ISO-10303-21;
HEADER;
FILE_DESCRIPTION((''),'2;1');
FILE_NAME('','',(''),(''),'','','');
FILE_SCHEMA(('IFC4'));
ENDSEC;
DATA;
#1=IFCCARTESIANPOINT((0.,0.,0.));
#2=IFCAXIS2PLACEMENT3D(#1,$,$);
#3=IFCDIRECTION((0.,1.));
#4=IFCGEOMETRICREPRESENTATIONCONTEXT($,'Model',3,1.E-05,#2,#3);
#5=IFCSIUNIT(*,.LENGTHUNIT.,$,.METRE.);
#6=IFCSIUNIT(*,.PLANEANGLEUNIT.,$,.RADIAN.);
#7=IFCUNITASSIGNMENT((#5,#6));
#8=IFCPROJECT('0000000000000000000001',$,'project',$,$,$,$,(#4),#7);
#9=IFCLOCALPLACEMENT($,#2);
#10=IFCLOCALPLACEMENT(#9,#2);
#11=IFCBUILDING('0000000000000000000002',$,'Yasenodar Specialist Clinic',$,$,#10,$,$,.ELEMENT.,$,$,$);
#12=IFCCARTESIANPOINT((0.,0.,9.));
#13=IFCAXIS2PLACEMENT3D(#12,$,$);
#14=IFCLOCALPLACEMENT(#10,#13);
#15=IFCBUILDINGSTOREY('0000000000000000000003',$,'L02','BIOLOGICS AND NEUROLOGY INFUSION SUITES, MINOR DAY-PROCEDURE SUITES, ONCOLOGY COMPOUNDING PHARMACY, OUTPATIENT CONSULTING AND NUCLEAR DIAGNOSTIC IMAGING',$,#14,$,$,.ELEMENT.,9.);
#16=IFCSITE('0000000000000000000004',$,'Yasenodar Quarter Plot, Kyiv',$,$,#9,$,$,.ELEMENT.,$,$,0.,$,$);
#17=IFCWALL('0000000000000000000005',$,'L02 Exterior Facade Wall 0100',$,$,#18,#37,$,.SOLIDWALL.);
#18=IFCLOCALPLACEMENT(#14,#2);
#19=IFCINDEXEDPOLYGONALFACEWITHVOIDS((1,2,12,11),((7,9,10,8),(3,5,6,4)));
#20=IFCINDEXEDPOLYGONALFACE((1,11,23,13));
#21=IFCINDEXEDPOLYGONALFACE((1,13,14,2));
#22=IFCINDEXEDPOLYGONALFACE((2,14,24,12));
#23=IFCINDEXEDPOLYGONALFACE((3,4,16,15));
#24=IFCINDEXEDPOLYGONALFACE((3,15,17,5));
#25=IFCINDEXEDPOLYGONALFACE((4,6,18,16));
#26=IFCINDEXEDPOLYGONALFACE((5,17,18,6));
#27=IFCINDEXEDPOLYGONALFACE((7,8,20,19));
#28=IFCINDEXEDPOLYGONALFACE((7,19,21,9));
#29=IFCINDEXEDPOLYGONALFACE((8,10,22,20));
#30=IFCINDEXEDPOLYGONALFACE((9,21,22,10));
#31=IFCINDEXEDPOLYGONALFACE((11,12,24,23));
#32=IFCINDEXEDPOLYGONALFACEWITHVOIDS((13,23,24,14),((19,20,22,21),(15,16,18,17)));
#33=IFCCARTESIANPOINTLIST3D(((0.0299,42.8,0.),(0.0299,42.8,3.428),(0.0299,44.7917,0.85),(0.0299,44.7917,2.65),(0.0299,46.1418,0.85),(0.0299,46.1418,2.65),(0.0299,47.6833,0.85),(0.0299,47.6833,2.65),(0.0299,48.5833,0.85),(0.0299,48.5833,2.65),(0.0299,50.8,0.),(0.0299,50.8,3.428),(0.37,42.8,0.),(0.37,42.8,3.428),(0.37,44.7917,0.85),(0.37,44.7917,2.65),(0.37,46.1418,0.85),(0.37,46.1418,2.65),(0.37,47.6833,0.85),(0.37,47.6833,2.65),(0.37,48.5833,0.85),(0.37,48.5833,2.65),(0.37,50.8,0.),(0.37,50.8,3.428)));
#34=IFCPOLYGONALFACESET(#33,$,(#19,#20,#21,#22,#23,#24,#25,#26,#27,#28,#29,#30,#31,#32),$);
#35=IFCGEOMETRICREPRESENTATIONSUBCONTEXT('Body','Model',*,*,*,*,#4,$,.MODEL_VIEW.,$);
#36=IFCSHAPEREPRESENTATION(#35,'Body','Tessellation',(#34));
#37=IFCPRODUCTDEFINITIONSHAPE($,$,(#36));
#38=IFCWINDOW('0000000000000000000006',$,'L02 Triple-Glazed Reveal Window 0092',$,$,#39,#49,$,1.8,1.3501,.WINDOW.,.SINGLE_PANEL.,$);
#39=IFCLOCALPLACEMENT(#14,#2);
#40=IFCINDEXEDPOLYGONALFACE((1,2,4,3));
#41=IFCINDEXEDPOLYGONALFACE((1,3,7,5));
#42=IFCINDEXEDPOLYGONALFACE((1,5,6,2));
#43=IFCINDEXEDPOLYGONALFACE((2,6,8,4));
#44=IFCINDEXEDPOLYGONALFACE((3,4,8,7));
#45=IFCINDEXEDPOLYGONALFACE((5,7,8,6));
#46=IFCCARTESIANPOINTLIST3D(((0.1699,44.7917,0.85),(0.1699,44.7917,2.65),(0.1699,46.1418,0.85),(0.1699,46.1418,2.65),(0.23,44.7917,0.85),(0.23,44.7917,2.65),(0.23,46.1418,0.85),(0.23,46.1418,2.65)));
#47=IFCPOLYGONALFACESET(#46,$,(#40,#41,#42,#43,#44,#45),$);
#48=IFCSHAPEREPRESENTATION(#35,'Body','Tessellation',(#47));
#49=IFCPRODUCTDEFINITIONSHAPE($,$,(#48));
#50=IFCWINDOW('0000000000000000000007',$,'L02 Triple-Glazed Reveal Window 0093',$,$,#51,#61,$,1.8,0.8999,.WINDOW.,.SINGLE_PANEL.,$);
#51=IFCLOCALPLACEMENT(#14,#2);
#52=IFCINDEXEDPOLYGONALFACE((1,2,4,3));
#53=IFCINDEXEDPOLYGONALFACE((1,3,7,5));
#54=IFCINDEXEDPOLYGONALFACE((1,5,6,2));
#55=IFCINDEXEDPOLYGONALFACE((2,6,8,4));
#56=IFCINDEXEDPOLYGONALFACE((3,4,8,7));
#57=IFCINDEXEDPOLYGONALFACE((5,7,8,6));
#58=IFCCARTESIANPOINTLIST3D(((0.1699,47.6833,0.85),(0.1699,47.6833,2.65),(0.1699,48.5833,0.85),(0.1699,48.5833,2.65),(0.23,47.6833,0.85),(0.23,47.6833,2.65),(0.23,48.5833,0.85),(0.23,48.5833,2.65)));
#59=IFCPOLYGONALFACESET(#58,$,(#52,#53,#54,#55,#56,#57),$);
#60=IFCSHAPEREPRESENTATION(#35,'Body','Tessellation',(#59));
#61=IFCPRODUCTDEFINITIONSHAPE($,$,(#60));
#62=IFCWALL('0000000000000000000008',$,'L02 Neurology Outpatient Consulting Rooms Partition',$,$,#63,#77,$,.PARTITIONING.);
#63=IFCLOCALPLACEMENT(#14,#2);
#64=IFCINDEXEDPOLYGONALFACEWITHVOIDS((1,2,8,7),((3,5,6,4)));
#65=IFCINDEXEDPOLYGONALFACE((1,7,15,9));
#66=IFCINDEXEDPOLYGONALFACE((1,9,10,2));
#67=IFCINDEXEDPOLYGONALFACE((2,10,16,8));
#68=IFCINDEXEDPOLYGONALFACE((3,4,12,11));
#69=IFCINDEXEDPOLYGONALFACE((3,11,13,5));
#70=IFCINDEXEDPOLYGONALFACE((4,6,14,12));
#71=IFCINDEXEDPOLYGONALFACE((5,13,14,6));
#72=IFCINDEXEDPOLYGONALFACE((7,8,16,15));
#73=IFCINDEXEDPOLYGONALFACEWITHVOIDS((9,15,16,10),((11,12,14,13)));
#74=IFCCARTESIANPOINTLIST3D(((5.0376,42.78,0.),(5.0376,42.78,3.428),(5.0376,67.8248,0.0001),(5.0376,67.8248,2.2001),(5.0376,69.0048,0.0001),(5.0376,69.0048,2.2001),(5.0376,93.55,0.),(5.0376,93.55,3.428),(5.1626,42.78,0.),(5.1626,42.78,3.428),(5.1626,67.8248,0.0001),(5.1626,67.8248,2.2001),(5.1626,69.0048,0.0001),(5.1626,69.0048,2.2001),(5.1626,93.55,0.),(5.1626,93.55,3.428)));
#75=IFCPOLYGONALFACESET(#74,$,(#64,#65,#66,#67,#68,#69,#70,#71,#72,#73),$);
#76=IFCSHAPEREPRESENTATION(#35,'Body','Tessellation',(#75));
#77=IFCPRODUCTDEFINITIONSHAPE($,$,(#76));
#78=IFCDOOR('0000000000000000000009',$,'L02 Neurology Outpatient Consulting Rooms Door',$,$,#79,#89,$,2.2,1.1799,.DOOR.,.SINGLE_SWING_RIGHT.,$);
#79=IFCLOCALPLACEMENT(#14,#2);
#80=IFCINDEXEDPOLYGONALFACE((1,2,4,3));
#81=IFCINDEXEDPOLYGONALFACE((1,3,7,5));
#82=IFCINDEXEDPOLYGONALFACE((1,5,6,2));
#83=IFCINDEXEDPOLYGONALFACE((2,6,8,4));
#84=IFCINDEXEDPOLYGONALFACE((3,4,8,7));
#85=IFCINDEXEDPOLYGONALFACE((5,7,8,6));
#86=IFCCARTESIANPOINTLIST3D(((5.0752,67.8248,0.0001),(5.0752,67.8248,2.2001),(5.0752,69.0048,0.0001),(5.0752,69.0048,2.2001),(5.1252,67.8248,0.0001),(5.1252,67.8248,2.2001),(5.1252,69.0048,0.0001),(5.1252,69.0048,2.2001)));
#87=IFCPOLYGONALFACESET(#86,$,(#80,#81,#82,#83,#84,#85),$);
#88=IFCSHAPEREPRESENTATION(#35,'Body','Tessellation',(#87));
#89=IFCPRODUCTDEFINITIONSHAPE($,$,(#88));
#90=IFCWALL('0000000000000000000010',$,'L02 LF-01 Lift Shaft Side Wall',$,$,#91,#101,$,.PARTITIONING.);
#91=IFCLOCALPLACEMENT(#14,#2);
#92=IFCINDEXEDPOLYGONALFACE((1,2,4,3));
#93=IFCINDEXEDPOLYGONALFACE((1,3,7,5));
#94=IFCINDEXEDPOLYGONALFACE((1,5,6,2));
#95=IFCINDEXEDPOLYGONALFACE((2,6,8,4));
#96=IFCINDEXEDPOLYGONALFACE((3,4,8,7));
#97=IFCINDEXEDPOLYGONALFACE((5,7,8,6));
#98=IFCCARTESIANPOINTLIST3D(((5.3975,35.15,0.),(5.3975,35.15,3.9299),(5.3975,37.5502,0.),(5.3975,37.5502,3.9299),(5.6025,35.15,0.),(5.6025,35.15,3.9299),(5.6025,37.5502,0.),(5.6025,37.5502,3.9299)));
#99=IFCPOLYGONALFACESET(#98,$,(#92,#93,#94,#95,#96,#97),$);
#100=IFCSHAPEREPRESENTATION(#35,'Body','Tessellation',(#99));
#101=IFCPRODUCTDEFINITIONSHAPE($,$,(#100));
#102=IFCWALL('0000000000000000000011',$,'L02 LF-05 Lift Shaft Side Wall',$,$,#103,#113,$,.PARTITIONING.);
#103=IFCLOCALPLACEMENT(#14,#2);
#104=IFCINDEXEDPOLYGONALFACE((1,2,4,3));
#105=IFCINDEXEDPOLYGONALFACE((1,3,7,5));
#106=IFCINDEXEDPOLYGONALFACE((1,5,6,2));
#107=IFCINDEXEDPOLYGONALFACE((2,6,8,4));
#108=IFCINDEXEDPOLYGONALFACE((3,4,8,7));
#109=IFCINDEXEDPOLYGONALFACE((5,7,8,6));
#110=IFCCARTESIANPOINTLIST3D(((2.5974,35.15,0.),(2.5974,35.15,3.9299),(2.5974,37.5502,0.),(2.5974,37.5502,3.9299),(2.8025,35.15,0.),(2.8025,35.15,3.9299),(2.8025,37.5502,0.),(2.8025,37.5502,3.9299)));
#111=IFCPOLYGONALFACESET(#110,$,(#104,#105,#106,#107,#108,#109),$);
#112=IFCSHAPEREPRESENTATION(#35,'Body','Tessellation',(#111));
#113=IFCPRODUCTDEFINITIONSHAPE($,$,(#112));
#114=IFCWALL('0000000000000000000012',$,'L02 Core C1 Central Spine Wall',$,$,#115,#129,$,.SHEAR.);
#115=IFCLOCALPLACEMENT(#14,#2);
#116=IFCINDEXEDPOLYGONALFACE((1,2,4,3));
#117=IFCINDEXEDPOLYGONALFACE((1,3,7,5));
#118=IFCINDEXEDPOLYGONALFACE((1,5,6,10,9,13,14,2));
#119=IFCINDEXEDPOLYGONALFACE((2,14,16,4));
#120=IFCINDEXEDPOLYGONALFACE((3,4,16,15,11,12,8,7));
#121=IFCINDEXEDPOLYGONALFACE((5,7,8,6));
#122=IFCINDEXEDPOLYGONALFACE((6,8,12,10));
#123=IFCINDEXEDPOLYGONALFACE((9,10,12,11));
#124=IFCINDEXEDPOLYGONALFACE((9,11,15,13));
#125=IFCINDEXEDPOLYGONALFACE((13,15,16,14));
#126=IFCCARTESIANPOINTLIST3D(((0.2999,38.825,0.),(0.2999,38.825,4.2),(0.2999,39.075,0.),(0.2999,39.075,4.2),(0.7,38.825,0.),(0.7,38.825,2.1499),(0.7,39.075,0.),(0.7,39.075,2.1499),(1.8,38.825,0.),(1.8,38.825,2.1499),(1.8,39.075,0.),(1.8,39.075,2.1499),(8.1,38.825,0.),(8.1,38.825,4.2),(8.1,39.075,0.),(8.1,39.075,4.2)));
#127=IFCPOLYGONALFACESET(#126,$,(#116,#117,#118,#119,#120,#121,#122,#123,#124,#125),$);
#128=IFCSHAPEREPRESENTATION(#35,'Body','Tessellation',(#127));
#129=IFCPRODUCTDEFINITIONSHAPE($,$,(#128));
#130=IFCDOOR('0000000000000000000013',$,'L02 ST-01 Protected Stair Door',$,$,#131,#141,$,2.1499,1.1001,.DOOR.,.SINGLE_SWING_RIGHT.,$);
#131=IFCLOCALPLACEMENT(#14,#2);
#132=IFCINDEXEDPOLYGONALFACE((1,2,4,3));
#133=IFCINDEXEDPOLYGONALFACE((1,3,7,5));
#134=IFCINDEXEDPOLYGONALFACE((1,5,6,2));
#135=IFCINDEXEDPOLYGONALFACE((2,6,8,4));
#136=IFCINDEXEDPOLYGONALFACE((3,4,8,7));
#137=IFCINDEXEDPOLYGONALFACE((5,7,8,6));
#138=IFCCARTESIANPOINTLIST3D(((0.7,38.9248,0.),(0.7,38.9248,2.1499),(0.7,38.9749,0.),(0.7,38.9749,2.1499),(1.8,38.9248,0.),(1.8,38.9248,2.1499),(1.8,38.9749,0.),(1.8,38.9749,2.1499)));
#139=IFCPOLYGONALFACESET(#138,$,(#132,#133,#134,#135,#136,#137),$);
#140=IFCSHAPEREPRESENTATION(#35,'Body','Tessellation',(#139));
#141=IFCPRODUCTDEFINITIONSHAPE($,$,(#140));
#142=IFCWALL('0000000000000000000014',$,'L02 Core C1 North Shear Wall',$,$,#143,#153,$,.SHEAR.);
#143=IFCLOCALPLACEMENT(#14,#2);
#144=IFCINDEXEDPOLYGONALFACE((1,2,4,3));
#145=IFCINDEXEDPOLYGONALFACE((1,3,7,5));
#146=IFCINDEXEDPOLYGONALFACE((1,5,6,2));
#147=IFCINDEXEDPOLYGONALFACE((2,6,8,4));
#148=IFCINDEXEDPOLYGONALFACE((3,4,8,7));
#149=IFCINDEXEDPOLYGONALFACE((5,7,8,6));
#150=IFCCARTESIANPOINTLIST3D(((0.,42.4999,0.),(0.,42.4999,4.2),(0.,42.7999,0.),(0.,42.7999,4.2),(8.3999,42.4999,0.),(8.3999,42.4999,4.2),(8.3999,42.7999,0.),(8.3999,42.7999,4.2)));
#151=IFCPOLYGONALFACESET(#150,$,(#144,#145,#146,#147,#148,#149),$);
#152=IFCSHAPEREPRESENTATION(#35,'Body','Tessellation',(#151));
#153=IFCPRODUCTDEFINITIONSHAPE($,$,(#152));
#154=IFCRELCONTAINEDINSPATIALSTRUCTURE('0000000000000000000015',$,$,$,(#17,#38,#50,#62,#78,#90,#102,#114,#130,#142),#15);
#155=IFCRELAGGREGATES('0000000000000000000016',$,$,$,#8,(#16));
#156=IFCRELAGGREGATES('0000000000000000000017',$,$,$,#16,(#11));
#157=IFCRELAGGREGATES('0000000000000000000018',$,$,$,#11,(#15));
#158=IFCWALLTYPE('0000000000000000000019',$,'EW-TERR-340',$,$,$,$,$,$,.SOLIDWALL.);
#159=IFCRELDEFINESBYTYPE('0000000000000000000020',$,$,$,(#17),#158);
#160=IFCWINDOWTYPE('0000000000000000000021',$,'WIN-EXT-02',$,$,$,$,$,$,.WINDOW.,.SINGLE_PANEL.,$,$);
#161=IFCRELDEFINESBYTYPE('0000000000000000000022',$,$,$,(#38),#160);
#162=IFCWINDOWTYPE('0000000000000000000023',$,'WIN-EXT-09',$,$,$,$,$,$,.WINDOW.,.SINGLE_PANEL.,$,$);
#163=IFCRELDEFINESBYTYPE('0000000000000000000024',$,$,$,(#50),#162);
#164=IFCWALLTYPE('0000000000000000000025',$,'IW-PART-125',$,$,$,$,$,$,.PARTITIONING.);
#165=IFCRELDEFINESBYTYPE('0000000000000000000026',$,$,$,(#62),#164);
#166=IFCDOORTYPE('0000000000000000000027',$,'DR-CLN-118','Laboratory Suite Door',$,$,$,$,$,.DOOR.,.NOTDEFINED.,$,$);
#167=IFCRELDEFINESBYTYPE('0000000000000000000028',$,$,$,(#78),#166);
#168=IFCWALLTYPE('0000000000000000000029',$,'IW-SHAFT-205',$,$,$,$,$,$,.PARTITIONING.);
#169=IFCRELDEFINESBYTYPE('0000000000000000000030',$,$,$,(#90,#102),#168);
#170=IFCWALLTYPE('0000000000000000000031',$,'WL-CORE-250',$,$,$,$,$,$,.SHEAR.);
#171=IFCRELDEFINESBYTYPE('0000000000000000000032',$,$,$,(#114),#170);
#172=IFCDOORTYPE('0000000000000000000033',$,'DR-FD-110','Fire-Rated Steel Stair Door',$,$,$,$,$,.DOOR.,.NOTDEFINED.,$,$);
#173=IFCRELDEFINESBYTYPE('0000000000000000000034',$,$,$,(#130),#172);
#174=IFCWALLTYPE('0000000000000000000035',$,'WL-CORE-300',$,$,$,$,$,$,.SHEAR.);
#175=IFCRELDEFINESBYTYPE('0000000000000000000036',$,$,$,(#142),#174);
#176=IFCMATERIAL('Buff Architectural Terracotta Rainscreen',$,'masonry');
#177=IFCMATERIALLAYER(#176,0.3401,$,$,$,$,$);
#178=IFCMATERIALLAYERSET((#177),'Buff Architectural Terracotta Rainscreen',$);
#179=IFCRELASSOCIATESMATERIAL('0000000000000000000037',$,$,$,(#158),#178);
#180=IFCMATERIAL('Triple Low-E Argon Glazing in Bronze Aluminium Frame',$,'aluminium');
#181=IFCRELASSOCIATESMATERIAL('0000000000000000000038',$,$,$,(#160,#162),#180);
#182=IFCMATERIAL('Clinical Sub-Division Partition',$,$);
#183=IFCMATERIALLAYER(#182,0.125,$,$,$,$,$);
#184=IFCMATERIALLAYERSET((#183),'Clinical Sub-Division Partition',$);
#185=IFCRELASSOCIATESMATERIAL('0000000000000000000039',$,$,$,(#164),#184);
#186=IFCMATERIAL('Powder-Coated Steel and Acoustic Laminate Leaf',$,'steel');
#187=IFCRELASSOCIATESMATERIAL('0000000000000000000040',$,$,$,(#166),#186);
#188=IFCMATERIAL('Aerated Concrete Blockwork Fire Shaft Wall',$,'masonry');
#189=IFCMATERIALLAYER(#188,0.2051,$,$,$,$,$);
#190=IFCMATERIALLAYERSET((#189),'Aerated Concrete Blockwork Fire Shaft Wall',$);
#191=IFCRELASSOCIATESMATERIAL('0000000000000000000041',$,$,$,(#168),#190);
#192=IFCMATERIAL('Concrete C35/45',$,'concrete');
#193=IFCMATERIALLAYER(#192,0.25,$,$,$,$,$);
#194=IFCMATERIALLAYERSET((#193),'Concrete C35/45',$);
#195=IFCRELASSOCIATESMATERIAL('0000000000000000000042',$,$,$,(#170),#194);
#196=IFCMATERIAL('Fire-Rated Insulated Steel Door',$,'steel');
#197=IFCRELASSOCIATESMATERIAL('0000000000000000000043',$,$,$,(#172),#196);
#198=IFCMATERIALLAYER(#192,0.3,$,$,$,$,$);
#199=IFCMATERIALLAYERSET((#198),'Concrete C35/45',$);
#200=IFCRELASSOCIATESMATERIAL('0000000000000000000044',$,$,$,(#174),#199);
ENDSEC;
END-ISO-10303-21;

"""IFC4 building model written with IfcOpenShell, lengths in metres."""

from ifc_helpers import new_model, si_unit, direction, frame, frame_2d, origin, place, context, subcontext, project, spatial, rectangle, extrude, material, layer, layer_set, type_object, element, fill, save


model = new_model("IFC4")

# Units and contexts
model_context = context("Model", 3, precision=1e-05, world=origin(), true_north=direction((0.0, 1.0)))
body_context = subcontext(model_context, "Body", "Model", "MODEL_VIEW")
ifc_project = project(units=[si_unit("LENGTHUNIT", "METRE"), si_unit("PLANEANGLEUNIT", "RADIAN")], contexts=[model_context])

# Site, building, storey
site_placement = place(None, origin())
site = spatial("IfcSite", under=ifc_project, at=site_placement, Name="Yasenodar Quarter Plot, Kyiv", CompositionType="ELEMENT", RefElevation=0.0)
building_placement = place(site_placement, origin())
building = spatial("IfcBuilding", under=site, at=building_placement, Name="Yasenodar Specialist Clinic", CompositionType="ELEMENT")
storey_placement = place(building_placement, frame((0.0, 0.0, 9.0)))
storey = spatial("IfcBuildingStorey", under=building, at=storey_placement, Name="L02", Description="BIOLOGICS AND NEUROLOGY INFUSION SUITES, MINOR DAY-PROCEDURE SUITES, ONCOLOGY COMPOUNDING PHARMACY, OUTPATIENT CONSULTING AND NUCLEAR DIAGNOSTIC IMAGING", CompositionType="ELEMENT", Elevation=9.0)

# Wall, openings, windows
ifc_material_1 = material(Name="Buff Architectural Terracotta Rainscreen", Category="masonry")
ifc_layer_1 = layer(ifc_material_1, 0.3401)
ifc_layer_set_1 = layer_set([ifc_layer_1], Name="Buff Architectural Terracotta Rainscreen")
wall_type_1 = type_object("IfcWallType", Name="EW-TERR-340", PredefinedType="SOLIDWALL", material=ifc_layer_set_1)
wall_1_placement = place(storey_placement, frame((0.2, 42.8, 0.0), z_axis=(0.0, 0.0, 1.0), x_axis=(0.0, 1.0, 0.0)))
wall_1 = element("IfcWall", 1, at=wall_1_placement, inside=storey, type_object=wall_type_1, Name="L02 Exterior Facade Wall 0100", PredefinedType="SOLIDWALL", context=body_context, shape_type="SweptSolid", body=[
    extrude(rectangle(XDim=8.0, YDim=0.3401, at=frame_2d((4.0, 0.0))), origin(), (0.0, 0.0, 1.0), 3.428),
])
opening_1_placement = place(wall_1_placement, frame((1.9917, 0.0, 0.8501)))
opening_1 = element("IfcOpeningElement", 2, at=opening_1_placement, cuts=wall_1, PredefinedType="OPENING", context=body_context, shape_type="SweptSolid", body=[
    extrude(rectangle(XDim=1.3501, YDim=1.8, at=frame_2d((0.675, 0.8999))), frame((0.0, 0.1802, 0.0), z_axis=(0.0, -1.0, 0.0), x_axis=(1.0, 0.0, 0.0)), (0.0, 0.0, 1.0), 0.3601),
])
opening_2_placement = place(wall_1_placement, frame((4.8833, 0.0, 0.8501)))
opening_2 = element("IfcOpeningElement", 3, at=opening_2_placement, cuts=wall_1, PredefinedType="OPENING", context=body_context, shape_type="SweptSolid", body=[
    extrude(rectangle(XDim=0.8999, YDim=1.8, at=frame_2d((0.45, 0.8999))), frame((0.0, 0.1802, 0.0), z_axis=(0.0, -1.0, 0.0), x_axis=(1.0, 0.0, 0.0)), (0.0, 0.0, 1.0), 0.3601),
])
ifc_material_2 = material(Name="Triple Low-E Argon Glazing in Bronze Aluminium Frame", Category="aluminium")
window_type_1 = type_object("IfcWindowType", Name="WIN-EXT-02", PartitioningType="SINGLE_PANEL", PredefinedType="WINDOW", material=ifc_material_2)
window_1_placement = place(opening_1_placement, origin())
window_1 = element("IfcWindow", 4, at=window_1_placement, inside=storey, type_object=window_type_1, Name="L02 Triple-Glazed Reveal Window 0092", OverallHeight=1.8, OverallWidth=1.3501, PartitioningType="SINGLE_PANEL", PredefinedType="WINDOW", context=body_context, shape_type="SweptSolid", body=[
    extrude(rectangle(XDim=1.3501, YDim=1.8, at=frame_2d((0.675, 0.8999))), frame((0.0, 0.03, 0.0), z_axis=(0.0, -1.0, 0.0), x_axis=(1.0, 0.0, 0.0)), (0.0, 0.0, 1.0), 0.0601),
])
fill(opening_1, window_1)
window_type_2 = type_object("IfcWindowType", Name="WIN-EXT-09", PartitioningType="SINGLE_PANEL", PredefinedType="WINDOW", material=ifc_material_2)
window_2_placement = place(opening_2_placement, origin())
window_2 = element("IfcWindow", 5, at=window_2_placement, inside=storey, type_object=window_type_2, Name="L02 Triple-Glazed Reveal Window 0093", OverallHeight=1.8, OverallWidth=0.8999, PartitioningType="SINGLE_PANEL", PredefinedType="WINDOW", context=body_context, shape_type="SweptSolid", body=[
    extrude(rectangle(XDim=0.8999, YDim=1.8, at=frame_2d((0.45, 0.8999))), frame((0.0, 0.03, 0.0), z_axis=(0.0, -1.0, 0.0), x_axis=(1.0, 0.0, 0.0)), (0.0, 0.0, 1.0), 0.0601),
])
fill(opening_2, window_2)

# Wall, opening, door
ifc_material_3 = material(Name="Clinical Sub-Division Partition")
ifc_layer_2 = layer(ifc_material_3, 0.125)
ifc_layer_set_2 = layer_set([ifc_layer_2], Name="Clinical Sub-Division Partition")
wall_type_2 = type_object("IfcWallType", Name="IW-PART-125", PredefinedType="PARTITIONING", material=ifc_layer_set_2)
wall_2_placement = place(storey_placement, frame((5.1001, 42.78, 0.0), z_axis=(0.0, 0.0, 1.0), x_axis=(0.0, 1.0, 0.0)))
wall_2 = element("IfcWall", 6, at=wall_2_placement, inside=storey, type_object=wall_type_2, Name="L02 Neurology Outpatient Consulting Rooms Partition", PredefinedType="PARTITIONING", context=body_context, shape_type="SweptSolid", body=[
    extrude(rectangle(XDim=50.77, YDim=0.125, at=frame_2d((25.385, 0.0))), origin(), (0.0, 0.0, 1.0), 3.428),
])
opening_3_placement = place(wall_2_placement, frame((25.0449, 0.0, 0.0)))
opening_3 = element("IfcOpeningElement", 7, at=opening_3_placement, cuts=wall_2, PredefinedType="OPENING", context=body_context, shape_type="SweptSolid", body=[
    extrude(rectangle(XDim=1.1799, YDim=2.2, at=frame_2d((0.5898, 1.1001))), frame((0.0, 0.0725, 0.0), z_axis=(0.0, -1.0, 0.0), x_axis=(1.0, 0.0, 0.0)), (0.0, 0.0, 1.0), 0.145),
])
ifc_material_4 = material(Name="Powder-Coated Steel and Acoustic Laminate Leaf", Category="steel")
door_type_1 = type_object("IfcDoorType", Name="DR-CLN-118", Description="Laboratory Suite Door", OperationType="NOTDEFINED", PredefinedType="DOOR", material=ifc_material_4)
door_1_placement = place(opening_3_placement, origin())
door_1 = element("IfcDoor", 8, at=door_1_placement, inside=storey, type_object=door_type_1, Name="L02 Neurology Outpatient Consulting Rooms Door", OperationType="SINGLE_SWING_RIGHT", OverallHeight=2.2, OverallWidth=1.1799, PredefinedType="DOOR", context=body_context, shape_type="SweptSolid", body=[
    extrude(rectangle(XDim=1.1799, YDim=2.2, at=frame_2d((0.5898, 1.1001))), frame((0.0, 0.0249, 0.0), z_axis=(0.0, -1.0, 0.0), x_axis=(1.0, 0.0, 0.0)), (0.0, 0.0, 1.0), 0.05),
])
fill(opening_3, door_1)

# Walls
ifc_material_5 = material(Name="Aerated Concrete Blockwork Fire Shaft Wall", Category="masonry")
ifc_layer_3 = layer(ifc_material_5, 0.2051)
ifc_layer_set_3 = layer_set([ifc_layer_3], Name="Aerated Concrete Blockwork Fire Shaft Wall")
wall_type_3 = type_object("IfcWallType", Name="IW-SHAFT-205", PredefinedType="PARTITIONING", material=ifc_layer_set_3)
for number, where, z_axis, x_axis, name in (
    (9, (5.5, 35.1499, 0.0), (0.0, 0.0, 1.0), (0.0, 1.0, 0.0), "L02 LF-01 Lift Shaft Side Wall"),
    (10, (2.7, 35.1499, 0.0), (0.0, 0.0, 1.0), (0.0, 1.0, 0.0), "L02 LF-05 Lift Shaft Side Wall"),
):
    element("IfcWall", number, at=place(storey_placement, frame(where, z_axis=z_axis, x_axis=x_axis)), inside=storey, type_object=wall_type_3, Name=name, PredefinedType="PARTITIONING", context=body_context, shape_type="SweptSolid", body=[
        extrude(rectangle(XDim=2.4001, YDim=0.2051, at=frame_2d((1.2002, 0.0))), origin(), (0.0, 0.0, 1.0), 3.9299),
    ])

# Wall, opening, door
ifc_material_6 = material(Name="Concrete C35/45", Category="concrete")
ifc_layer_4 = layer(ifc_material_6, 0.25)
ifc_layer_set_4 = layer_set([ifc_layer_4], Name="Concrete C35/45")
wall_type_4 = type_object("IfcWallType", Name="WL-CORE-250", PredefinedType="SHEAR", material=ifc_layer_set_4)
wall_3_placement = place(storey_placement, frame((0.3, 38.95, 0.0), z_axis=(0.0, 0.0, 1.0), x_axis=(1.0, 0.0, 0.0)))
wall_3 = element("IfcWall", 11, at=wall_3_placement, inside=storey, type_object=wall_type_4, Name="L02 Core C1 Central Spine Wall", PredefinedType="SHEAR", context=body_context, shape_type="SweptSolid", body=[
    extrude(rectangle(XDim=7.8, YDim=0.25, at=frame_2d((3.8999, 0.0))), origin(), (0.0, 0.0, 1.0), 4.2),
])
opening_4_placement = place(wall_3_placement, frame((0.3999, 0.0, 0.0)))
opening_4 = element("IfcOpeningElement", 12, at=opening_4_placement, cuts=wall_3, PredefinedType="OPENING", context=body_context, shape_type="SweptSolid", body=[
    extrude(rectangle(XDim=1.1001, YDim=2.1499, at=frame_2d((0.55, 1.075))), frame((0.0, 0.135, 0.0), z_axis=(0.0, -1.0, 0.0), x_axis=(1.0, 0.0, 0.0)), (0.0, 0.0, 1.0), 0.27),
])
ifc_material_7 = material(Name="Fire-Rated Insulated Steel Door", Category="steel")
door_type_2 = type_object("IfcDoorType", Name="DR-FD-110", Description="Fire-Rated Steel Stair Door", OperationType="NOTDEFINED", PredefinedType="DOOR", material=ifc_material_7)
door_2_placement = place(opening_4_placement, origin())
door_2 = element("IfcDoor", 13, at=door_2_placement, inside=storey, type_object=door_type_2, Name="L02 ST-01 Protected Stair Door", OperationType="SINGLE_SWING_RIGHT", OverallHeight=2.1499, OverallWidth=1.1001, PredefinedType="DOOR", context=body_context, shape_type="SweptSolid", body=[
    extrude(rectangle(XDim=1.1001, YDim=2.1499, at=frame_2d((0.55, 1.075))), frame((0.0, 0.0249, 0.0), z_axis=(0.0, -1.0, 0.0), x_axis=(1.0, 0.0, 0.0)), (0.0, 0.0, 1.0), 0.05),
])
fill(opening_4, door_2)

# Wall
ifc_layer_5 = layer(ifc_material_6, 0.3)
ifc_layer_set_5 = layer_set([ifc_layer_5], Name="Concrete C35/45")
wall_type_5 = type_object("IfcWallType", Name="WL-CORE-300", PredefinedType="SHEAR", material=ifc_layer_set_5)
wall_4_placement = place(storey_placement, frame((0.0, 42.6499, 0.0), z_axis=(0.0, 0.0, 1.0), x_axis=(1.0, 0.0, 0.0)))
element("IfcWall", 14, at=wall_4_placement, inside=storey, type_object=wall_type_5, Name="L02 Core C1 North Shear Wall", PredefinedType="SHEAR", context=body_context, shape_type="SweptSolid", body=[
    extrude(rectangle(XDim=8.3999, YDim=0.3, at=frame_2d((4.2, 0.0))), origin(), (0.0, 0.0, 1.0), 4.2),
])

save(model, "model.ifc")
